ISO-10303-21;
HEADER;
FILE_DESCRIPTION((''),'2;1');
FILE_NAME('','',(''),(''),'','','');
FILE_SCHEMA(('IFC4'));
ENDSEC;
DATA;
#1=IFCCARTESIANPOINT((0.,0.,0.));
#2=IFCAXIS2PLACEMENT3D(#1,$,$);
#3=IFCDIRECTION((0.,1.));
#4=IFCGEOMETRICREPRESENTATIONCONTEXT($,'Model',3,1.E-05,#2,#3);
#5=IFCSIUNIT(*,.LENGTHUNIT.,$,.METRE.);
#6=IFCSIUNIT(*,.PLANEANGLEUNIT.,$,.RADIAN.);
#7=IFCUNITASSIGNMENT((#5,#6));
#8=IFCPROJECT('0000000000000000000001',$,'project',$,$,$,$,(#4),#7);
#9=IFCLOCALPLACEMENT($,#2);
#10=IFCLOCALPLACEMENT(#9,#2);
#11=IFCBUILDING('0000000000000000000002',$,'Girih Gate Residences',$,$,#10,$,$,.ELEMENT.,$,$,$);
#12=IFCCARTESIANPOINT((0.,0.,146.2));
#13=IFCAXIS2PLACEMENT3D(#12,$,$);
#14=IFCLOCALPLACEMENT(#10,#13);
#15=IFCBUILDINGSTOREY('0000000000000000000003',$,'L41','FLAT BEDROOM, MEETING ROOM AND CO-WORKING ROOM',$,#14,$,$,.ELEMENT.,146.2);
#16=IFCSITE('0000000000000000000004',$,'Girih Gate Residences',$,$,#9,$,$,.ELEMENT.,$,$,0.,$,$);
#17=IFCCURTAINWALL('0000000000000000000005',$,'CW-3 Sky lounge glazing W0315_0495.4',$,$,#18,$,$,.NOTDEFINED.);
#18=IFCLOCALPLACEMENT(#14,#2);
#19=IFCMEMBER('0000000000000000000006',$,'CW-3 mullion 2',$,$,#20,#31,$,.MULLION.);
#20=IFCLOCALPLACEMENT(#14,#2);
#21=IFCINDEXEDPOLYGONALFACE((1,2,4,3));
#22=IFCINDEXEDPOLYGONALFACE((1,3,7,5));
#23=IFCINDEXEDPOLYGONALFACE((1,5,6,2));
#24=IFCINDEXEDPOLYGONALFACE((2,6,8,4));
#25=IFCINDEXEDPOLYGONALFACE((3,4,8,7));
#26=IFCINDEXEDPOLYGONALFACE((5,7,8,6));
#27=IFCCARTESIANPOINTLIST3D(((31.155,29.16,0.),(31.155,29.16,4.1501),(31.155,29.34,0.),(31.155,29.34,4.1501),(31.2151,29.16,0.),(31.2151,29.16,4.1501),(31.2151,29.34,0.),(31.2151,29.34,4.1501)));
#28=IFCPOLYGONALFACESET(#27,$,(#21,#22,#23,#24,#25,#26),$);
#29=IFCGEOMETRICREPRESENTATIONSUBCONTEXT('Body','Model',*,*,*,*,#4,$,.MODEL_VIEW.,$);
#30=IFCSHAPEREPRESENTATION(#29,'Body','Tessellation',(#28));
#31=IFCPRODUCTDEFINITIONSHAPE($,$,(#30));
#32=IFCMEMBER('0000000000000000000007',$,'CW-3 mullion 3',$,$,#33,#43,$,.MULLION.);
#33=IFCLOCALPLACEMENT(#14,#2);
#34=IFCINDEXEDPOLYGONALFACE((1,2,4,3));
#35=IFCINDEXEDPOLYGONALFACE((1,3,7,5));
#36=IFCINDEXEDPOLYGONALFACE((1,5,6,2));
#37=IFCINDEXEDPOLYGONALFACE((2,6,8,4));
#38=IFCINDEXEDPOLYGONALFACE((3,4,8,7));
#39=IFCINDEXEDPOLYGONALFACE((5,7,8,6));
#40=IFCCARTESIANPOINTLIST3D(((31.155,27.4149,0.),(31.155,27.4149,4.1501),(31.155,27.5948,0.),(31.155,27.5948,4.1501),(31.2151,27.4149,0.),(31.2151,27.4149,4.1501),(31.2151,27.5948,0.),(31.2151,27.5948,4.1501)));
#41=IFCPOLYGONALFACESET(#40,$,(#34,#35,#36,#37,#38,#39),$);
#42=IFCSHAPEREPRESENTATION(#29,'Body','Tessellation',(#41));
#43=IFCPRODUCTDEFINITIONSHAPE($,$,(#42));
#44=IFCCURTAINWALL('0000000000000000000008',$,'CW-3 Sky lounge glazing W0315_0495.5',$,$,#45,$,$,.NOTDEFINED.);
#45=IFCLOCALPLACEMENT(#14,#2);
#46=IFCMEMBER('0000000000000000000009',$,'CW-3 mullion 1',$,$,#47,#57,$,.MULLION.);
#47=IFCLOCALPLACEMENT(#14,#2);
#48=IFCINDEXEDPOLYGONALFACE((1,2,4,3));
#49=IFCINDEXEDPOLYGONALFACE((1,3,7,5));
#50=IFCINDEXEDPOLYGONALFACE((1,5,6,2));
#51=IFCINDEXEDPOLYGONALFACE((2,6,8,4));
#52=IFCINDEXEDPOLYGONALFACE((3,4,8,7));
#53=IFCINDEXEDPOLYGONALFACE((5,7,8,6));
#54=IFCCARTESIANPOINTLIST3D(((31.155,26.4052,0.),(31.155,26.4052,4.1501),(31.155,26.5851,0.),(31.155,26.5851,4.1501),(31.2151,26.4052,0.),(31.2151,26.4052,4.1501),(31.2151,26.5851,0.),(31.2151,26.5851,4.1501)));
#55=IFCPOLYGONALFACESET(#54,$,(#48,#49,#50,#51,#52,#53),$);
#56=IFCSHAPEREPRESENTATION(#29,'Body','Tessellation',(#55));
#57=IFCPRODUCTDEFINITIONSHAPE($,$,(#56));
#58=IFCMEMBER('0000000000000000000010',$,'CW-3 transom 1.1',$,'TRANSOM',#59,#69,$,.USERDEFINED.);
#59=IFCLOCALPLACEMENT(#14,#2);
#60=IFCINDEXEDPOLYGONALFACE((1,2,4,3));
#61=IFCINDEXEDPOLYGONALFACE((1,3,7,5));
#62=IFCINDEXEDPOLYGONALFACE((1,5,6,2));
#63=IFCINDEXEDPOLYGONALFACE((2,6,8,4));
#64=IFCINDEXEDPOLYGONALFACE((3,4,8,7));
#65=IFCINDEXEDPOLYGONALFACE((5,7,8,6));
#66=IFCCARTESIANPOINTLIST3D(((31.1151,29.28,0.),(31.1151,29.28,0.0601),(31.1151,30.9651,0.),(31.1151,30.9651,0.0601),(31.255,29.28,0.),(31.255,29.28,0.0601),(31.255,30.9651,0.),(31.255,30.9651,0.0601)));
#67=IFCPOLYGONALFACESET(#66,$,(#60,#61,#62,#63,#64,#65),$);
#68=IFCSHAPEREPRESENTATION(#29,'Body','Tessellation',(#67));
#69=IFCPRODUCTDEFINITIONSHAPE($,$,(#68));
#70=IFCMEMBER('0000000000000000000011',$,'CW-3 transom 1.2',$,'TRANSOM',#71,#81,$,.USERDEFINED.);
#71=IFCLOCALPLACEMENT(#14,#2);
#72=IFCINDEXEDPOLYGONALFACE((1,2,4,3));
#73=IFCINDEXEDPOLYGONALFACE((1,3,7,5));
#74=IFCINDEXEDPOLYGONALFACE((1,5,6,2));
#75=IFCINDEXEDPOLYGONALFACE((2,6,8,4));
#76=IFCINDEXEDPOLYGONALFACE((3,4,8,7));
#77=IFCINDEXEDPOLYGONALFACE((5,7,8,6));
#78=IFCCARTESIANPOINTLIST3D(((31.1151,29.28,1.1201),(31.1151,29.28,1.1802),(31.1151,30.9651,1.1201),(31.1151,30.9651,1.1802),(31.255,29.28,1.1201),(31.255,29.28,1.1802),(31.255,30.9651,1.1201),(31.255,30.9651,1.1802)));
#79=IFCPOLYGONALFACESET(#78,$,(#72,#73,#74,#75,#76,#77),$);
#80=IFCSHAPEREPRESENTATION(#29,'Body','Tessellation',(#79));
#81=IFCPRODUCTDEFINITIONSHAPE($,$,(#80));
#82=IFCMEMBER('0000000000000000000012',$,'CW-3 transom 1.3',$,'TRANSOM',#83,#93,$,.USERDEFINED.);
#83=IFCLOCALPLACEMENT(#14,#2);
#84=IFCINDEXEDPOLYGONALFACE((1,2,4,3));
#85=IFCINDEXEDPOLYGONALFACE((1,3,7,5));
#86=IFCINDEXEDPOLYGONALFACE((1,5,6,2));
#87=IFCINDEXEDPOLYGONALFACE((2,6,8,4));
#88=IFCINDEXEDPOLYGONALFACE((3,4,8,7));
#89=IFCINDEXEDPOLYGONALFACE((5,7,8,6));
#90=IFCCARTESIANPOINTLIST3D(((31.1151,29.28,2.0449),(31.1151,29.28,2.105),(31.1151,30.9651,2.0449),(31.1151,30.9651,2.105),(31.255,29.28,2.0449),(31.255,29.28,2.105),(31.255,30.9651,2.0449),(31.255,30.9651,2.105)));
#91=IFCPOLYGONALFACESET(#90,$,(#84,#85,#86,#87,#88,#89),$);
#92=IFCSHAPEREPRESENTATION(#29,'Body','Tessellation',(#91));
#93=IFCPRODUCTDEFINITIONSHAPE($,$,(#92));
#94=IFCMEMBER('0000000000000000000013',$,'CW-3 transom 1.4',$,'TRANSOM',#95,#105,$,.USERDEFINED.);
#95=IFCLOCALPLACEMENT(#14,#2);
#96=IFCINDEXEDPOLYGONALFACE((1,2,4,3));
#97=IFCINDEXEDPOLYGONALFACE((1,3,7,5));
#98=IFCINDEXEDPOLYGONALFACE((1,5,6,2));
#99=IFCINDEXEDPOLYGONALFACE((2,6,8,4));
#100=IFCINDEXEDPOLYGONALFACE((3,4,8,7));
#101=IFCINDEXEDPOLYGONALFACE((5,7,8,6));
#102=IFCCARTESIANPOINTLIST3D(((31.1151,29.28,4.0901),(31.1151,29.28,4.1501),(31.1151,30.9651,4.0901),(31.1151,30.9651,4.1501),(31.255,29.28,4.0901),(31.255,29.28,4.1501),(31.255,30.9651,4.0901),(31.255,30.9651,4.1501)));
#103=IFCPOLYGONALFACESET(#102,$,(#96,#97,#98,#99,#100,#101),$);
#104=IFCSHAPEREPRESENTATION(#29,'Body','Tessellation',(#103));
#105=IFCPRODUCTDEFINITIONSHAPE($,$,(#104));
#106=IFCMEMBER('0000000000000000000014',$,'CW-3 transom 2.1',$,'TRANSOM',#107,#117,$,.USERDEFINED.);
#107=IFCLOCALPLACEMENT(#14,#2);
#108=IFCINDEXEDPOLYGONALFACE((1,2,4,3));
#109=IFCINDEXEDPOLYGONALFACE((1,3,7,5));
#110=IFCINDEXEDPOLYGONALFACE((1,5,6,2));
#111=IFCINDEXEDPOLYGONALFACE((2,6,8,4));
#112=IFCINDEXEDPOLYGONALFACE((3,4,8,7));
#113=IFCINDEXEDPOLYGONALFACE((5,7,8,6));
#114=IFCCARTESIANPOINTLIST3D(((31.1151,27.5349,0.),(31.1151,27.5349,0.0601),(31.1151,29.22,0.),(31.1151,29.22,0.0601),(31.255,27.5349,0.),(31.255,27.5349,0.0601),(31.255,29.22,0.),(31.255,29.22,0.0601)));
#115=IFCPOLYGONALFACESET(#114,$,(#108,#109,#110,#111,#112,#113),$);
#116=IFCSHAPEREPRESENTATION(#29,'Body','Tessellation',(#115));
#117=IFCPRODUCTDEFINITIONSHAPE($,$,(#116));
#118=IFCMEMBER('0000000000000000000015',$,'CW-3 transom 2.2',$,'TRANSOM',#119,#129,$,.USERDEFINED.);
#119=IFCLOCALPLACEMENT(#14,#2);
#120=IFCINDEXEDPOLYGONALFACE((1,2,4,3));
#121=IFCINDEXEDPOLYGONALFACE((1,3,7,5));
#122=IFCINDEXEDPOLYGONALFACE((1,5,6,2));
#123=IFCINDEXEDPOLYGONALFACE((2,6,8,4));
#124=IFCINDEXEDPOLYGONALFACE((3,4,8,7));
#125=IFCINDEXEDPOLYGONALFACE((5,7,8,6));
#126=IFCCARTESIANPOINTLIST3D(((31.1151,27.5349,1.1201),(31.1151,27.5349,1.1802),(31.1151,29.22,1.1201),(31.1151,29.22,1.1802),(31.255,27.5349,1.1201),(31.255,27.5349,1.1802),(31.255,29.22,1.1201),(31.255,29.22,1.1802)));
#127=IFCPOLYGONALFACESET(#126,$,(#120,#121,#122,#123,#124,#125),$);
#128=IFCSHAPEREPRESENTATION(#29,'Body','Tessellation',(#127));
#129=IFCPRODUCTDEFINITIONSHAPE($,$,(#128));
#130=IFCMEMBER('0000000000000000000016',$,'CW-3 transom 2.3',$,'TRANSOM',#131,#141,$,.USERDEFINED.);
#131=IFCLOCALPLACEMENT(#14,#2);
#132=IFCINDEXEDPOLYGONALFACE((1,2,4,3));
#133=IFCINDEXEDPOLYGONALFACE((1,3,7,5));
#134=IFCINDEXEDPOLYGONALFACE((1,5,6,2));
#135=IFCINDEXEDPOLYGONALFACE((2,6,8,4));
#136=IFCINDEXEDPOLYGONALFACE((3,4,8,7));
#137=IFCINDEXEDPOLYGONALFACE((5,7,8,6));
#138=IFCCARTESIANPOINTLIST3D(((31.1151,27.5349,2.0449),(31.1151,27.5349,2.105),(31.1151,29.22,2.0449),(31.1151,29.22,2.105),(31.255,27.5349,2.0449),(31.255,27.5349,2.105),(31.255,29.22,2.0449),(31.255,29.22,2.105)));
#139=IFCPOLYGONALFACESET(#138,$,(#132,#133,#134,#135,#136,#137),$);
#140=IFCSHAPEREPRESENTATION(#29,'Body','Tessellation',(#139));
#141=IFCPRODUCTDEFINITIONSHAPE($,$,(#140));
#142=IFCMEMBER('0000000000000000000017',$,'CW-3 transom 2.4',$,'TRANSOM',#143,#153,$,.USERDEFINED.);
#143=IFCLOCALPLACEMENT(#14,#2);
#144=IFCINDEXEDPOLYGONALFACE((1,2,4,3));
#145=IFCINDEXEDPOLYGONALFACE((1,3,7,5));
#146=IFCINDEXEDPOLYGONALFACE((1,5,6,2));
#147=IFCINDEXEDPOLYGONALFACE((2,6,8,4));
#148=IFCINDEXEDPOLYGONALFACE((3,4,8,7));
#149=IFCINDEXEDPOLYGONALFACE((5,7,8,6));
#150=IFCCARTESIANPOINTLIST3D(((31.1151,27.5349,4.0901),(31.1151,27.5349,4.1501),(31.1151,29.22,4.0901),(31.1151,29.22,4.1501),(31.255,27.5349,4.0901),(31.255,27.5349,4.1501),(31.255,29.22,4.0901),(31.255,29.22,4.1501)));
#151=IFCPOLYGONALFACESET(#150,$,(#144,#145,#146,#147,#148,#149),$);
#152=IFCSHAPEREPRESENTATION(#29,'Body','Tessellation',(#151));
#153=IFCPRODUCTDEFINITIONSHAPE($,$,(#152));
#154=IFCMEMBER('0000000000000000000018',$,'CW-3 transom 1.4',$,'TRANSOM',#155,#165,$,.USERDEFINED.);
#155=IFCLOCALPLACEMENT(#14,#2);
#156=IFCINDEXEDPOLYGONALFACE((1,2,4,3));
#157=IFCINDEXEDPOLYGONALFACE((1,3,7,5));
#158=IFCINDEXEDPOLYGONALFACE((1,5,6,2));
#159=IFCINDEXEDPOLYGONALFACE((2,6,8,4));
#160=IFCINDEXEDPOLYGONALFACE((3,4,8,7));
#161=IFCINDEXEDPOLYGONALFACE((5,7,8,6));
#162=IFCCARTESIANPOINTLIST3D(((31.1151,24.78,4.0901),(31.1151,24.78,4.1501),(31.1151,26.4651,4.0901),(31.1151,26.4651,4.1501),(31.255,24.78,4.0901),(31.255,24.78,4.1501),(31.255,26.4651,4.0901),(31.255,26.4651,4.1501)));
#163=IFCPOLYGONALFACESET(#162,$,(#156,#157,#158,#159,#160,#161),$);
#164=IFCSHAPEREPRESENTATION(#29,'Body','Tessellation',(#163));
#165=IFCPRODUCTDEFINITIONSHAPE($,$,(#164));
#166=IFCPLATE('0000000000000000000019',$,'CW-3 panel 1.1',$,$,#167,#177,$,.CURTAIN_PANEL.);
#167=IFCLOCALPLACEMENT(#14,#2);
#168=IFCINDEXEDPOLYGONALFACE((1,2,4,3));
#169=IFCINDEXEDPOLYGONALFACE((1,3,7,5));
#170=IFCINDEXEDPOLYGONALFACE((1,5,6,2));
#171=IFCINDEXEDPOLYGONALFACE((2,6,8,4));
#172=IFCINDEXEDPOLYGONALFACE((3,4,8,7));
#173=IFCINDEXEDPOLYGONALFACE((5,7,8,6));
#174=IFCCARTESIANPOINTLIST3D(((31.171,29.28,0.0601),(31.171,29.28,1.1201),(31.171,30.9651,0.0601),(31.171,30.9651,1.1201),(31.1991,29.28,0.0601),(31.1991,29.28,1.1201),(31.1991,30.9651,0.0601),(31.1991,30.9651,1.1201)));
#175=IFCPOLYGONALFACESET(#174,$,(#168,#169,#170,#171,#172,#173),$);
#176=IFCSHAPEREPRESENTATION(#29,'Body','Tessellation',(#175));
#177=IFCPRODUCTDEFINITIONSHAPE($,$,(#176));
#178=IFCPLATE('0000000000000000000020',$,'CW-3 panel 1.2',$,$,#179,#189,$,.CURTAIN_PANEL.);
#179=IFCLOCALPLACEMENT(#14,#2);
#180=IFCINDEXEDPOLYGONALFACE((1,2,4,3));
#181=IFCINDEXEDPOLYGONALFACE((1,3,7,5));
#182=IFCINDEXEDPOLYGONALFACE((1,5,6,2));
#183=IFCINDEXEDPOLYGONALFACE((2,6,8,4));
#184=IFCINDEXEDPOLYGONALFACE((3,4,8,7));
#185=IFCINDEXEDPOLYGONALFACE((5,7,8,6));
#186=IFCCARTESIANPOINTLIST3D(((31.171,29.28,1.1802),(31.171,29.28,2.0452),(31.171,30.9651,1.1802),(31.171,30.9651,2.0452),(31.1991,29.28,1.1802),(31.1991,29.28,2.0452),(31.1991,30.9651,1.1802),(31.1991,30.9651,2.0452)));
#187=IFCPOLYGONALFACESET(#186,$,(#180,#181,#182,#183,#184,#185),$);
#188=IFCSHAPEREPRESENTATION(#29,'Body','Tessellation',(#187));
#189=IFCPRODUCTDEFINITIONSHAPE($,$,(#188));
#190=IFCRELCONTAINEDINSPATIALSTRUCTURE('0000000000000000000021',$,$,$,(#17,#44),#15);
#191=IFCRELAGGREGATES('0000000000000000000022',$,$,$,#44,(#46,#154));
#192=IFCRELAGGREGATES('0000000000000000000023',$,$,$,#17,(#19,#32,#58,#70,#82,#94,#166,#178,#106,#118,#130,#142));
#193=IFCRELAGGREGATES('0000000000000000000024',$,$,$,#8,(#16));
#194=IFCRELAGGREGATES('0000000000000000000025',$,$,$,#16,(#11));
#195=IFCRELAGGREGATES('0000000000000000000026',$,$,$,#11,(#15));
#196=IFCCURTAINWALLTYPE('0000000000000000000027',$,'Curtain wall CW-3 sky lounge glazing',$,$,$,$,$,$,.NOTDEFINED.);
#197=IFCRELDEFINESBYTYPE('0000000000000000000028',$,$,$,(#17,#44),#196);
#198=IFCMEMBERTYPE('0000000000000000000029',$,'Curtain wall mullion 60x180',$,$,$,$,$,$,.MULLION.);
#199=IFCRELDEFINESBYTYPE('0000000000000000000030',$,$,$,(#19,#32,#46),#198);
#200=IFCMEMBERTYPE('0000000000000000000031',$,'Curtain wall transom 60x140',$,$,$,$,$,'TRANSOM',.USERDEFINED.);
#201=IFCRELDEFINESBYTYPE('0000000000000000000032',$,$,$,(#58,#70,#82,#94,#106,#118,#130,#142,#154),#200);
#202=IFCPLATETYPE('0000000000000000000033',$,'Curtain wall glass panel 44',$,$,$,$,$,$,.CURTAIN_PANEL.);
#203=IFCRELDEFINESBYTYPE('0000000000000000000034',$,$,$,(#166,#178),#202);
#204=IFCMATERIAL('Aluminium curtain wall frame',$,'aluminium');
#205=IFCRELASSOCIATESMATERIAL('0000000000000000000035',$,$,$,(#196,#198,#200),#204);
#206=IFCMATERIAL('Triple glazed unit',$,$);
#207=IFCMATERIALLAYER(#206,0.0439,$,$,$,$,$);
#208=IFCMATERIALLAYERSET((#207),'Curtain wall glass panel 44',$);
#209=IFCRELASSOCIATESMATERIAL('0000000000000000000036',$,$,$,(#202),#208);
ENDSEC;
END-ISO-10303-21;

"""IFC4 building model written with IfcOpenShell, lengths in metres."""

from ifc_helpers import new_model, si_unit, direction, frame, origin, origin_2d, place, context, subcontext, project, spatial, rectangle, extrude, material, layer, layer_set, material_profile, profile_set, type_object, element, aggregate, save


model = new_model("IFC4")

# Units and contexts
model_context = context("Model", 3, precision=1e-05, world=origin(), true_north=direction((0.0, 1.0)))
body_context = subcontext(model_context, "Body", "Model", "MODEL_VIEW")
ifc_project = project(units=[si_unit("LENGTHUNIT", "METRE"), si_unit("PLANEANGLEUNIT", "RADIAN")], contexts=[model_context])

# Site, building, storey
site_placement = place(None, origin())
site = spatial("IfcSite", under=ifc_project, at=site_placement, Name="Girih Gate Residences", CompositionType="ELEMENT", RefElevation=0.0)
building_placement = place(site_placement, origin())
building = spatial("IfcBuilding", under=site, at=building_placement, Name="Girih Gate Residences", CompositionType="ELEMENT")
storey_placement = place(building_placement, frame((0.0, 0.0, 146.2)))
storey = spatial("IfcBuildingStorey", under=building, at=storey_placement, Name="L41", Description="FLAT BEDROOM, MEETING ROOM AND CO-WORKING ROOM", CompositionType="ELEMENT", Elevation=146.2)

# Curtain wall, members
ifc_material_1 = material(Name="Aluminium curtain wall frame", Category="aluminium")
curtain_wall_type = type_object("IfcCurtainWallType", Name="Curtain wall CW-3 sky lounge glazing", PredefinedType="NOTDEFINED", material=ifc_material_1)
curtain_wall_1_placement = place(storey_placement, origin())
curtain_wall_1 = element("IfcCurtainWall", 1, at=curtain_wall_1_placement, inside=storey, type_object=curtain_wall_type, Name="CW-3 Sky lounge glazing W0315_0495.4", PredefinedType="NOTDEFINED")
ifc_material_profile_1 = material_profile(ifc_material_1, rectangle(XDim=0.0601, YDim=0.1799, at=origin_2d()))
ifc_profile_set_1 = profile_set([ifc_material_profile_1], Name="Aluminium curtain wall frame")
member_type_1 = type_object("IfcMemberType", Name="Curtain wall mullion 60x180", PredefinedType="MULLION", material=ifc_profile_set_1)
member_1_placement = place(storey_placement, frame((31.1851, 29.25, 0.0), z_axis=(0.0, 0.0, 1.0), x_axis=(1.0, 0.0, 0.0)))
member_1 = element("IfcMember", 2, at=member_1_placement, type_object=member_type_1, Name="CW-3 mullion 2", PredefinedType="MULLION", context=body_context, shape_type="SweptSolid", body=[
    extrude(rectangle(XDim=0.0601, YDim=0.1799, at=origin_2d()), origin(), (0.0, 0.0, 1.0), 4.1501),
])
member_2_placement = place(storey_placement, frame((31.1851, 27.5049, 0.0), z_axis=(0.0, 0.0, 1.0), x_axis=(1.0, 0.0, 0.0)))
member_2 = element("IfcMember", 3, at=member_2_placement, type_object=member_type_1, Name="CW-3 mullion 3", PredefinedType="MULLION", context=body_context, shape_type="SweptSolid", body=[
    extrude(rectangle(XDim=0.0601, YDim=0.1799, at=origin_2d()), origin(), (0.0, 0.0, 1.0), 4.1501),
])

# Curtain wall, member
curtain_wall_2_placement = place(storey_placement, origin())
curtain_wall_2 = element("IfcCurtainWall", 4, at=curtain_wall_2_placement, inside=storey, type_object=curtain_wall_type, Name="CW-3 Sky lounge glazing W0315_0495.5", PredefinedType="NOTDEFINED")
member_3_placement = place(storey_placement, frame((31.1851, 26.4951, 0.0), z_axis=(0.0, 0.0, 1.0), x_axis=(1.0, 0.0, 0.0)))
member_3 = element("IfcMember", 5, at=member_3_placement, type_object=member_type_1, Name="CW-3 mullion 1", PredefinedType="MULLION", context=body_context, shape_type="SweptSolid", body=[
    extrude(rectangle(XDim=0.0601, YDim=0.1799, at=origin_2d()), origin(), (0.0, 0.0, 1.0), 4.1501),
])

# Members
ifc_material_profile_2 = material_profile(ifc_material_1, rectangle(XDim=0.1399, YDim=0.0601, at=origin_2d()))
ifc_profile_set_2 = profile_set([ifc_material_profile_2], Name="Aluminium curtain wall frame")
member_type_2 = type_object("IfcMemberType", Name="Curtain wall transom 60x140", ElementType="TRANSOM", PredefinedType="USERDEFINED", material=ifc_profile_set_2)
member_4_placement = place(storey_placement, frame((31.1851, 30.9651, 0.03), z_axis=(0.0, -1.0, 0.0), x_axis=(1.0, 0.0, 0.0)))
member_4 = element("IfcMember", 6, at=member_4_placement, type_object=member_type_2, Name="CW-3 transom 1.1", ObjectType="TRANSOM", PredefinedType="USERDEFINED", context=body_context, shape_type="SweptSolid", body=[
    extrude(rectangle(XDim=0.1399, YDim=0.0601, at=origin_2d()), origin(), (0.0, 0.0, 1.0), 1.6851),
])
member_5_placement = place(storey_placement, frame((31.1851, 30.9651, 1.1501), z_axis=(0.0, -1.0, 0.0), x_axis=(1.0, 0.0, 0.0)))
member_5 = element("IfcMember", 7, at=member_5_placement, type_object=member_type_2, Name="CW-3 transom 1.2", ObjectType="TRANSOM", PredefinedType="USERDEFINED", context=body_context, shape_type="SweptSolid", body=[
    extrude(rectangle(XDim=0.1399, YDim=0.0601, at=origin_2d()), origin(), (0.0, 0.0, 1.0), 1.6851),
])
member_6_placement = place(storey_placement, frame((31.1851, 30.9651, 2.075), z_axis=(0.0, -1.0, 0.0), x_axis=(1.0, 0.0, 0.0)))
member_6 = element("IfcMember", 8, at=member_6_placement, type_object=member_type_2, Name="CW-3 transom 1.3", ObjectType="TRANSOM", PredefinedType="USERDEFINED", context=body_context, shape_type="SweptSolid", body=[
    extrude(rectangle(XDim=0.1399, YDim=0.0601, at=origin_2d()), origin(), (0.0, 0.0, 1.0), 1.6851),
])
member_7_placement = place(storey_placement, frame((31.1851, 30.9651, 4.1201), z_axis=(0.0, -1.0, 0.0), x_axis=(1.0, 0.0, 0.0)))
member_7 = element("IfcMember", 9, at=member_7_placement, type_object=member_type_2, Name="CW-3 transom 1.4", ObjectType="TRANSOM", PredefinedType="USERDEFINED", context=body_context, shape_type="SweptSolid", body=[
    extrude(rectangle(XDim=0.1399, YDim=0.0601, at=origin_2d()), origin(), (0.0, 0.0, 1.0), 1.6851),
])
member_8_placement = place(storey_placement, frame((31.1851, 29.22, 0.03), z_axis=(0.0, -1.0, 0.0), x_axis=(1.0, 0.0, 0.0)))
member_8 = element("IfcMember", 10, at=member_8_placement, type_object=member_type_2, Name="CW-3 transom 2.1", ObjectType="TRANSOM", PredefinedType="USERDEFINED", context=body_context, shape_type="SweptSolid", body=[
    extrude(rectangle(XDim=0.1399, YDim=0.0601, at=origin_2d()), origin(), (0.0, 0.0, 1.0), 1.6851),
])
member_9_placement = place(storey_placement, frame((31.1851, 29.22, 1.1501), z_axis=(0.0, -1.0, 0.0), x_axis=(1.0, 0.0, 0.0)))
member_9 = element("IfcMember", 11, at=member_9_placement, type_object=member_type_2, Name="CW-3 transom 2.2", ObjectType="TRANSOM", PredefinedType="USERDEFINED", context=body_context, shape_type="SweptSolid", body=[
    extrude(rectangle(XDim=0.1399, YDim=0.0601, at=origin_2d()), origin(), (0.0, 0.0, 1.0), 1.6851),
])
member_10_placement = place(storey_placement, frame((31.1851, 29.22, 2.075), z_axis=(0.0, -1.0, 0.0), x_axis=(1.0, 0.0, 0.0)))
member_10 = element("IfcMember", 12, at=member_10_placement, type_object=member_type_2, Name="CW-3 transom 2.3", ObjectType="TRANSOM", PredefinedType="USERDEFINED", context=body_context, shape_type="SweptSolid", body=[
    extrude(rectangle(XDim=0.1399, YDim=0.0601, at=origin_2d()), origin(), (0.0, 0.0, 1.0), 1.6851),
])
member_11_placement = place(storey_placement, frame((31.1851, 29.22, 4.1201), z_axis=(0.0, -1.0, 0.0), x_axis=(1.0, 0.0, 0.0)))
member_11 = element("IfcMember", 13, at=member_11_placement, type_object=member_type_2, Name="CW-3 transom 2.4", ObjectType="TRANSOM", PredefinedType="USERDEFINED", context=body_context, shape_type="SweptSolid", body=[
    extrude(rectangle(XDim=0.1399, YDim=0.0601, at=origin_2d()), origin(), (0.0, 0.0, 1.0), 1.6851),
])
member_12_placement = place(storey_placement, frame((31.1851, 26.4651, 4.1201), z_axis=(0.0, -1.0, 0.0), x_axis=(1.0, 0.0, 0.0)))
member_12 = element("IfcMember", 14, at=member_12_placement, type_object=member_type_2, Name="CW-3 transom 1.4", ObjectType="TRANSOM", PredefinedType="USERDEFINED", context=body_context, shape_type="SweptSolid", body=[
    extrude(rectangle(XDim=0.1399, YDim=0.0601, at=origin_2d()), origin(), (0.0, 0.0, 1.0), 1.6851),
])
aggregate(curtain_wall_2, [member_3, member_12])

# Plates
ifc_material_2 = material(Name="Triple glazed unit")
ifc_layer = layer(ifc_material_2, 0.0439)
ifc_layer_set = layer_set([ifc_layer], Name="Curtain wall glass panel 44")
plate_type = type_object("IfcPlateType", Name="Curtain wall glass panel 44", PredefinedType="CURTAIN_PANEL", material=ifc_layer_set)
plate_1_placement = place(storey_placement, frame((31.1851, 30.1226, 0.0601), z_axis=(0.0, 0.0, 1.0), x_axis=(0.0, -1.0, 0.0)))
plate_1 = element("IfcPlate", 15, at=plate_1_placement, type_object=plate_type, Name="CW-3 panel 1.1", PredefinedType="CURTAIN_PANEL", context=body_context, shape_type="SweptSolid", body=[
    extrude(rectangle(XDim=1.6851, YDim=0.0281, at=origin_2d()), origin(), (0.0, 0.0, 1.0), 1.0601),
])
plate_2_placement = place(storey_placement, frame((31.1851, 30.1226, 1.1802), z_axis=(0.0, 0.0, 1.0), x_axis=(0.0, -1.0, 0.0)))
plate_2 = element("IfcPlate", 16, at=plate_2_placement, type_object=plate_type, Name="CW-3 panel 1.2", PredefinedType="CURTAIN_PANEL", context=body_context, shape_type="SweptSolid", body=[
    extrude(rectangle(XDim=1.6851, YDim=0.0281, at=origin_2d()), origin(), (0.0, 0.0, 1.0), 0.865),
])
aggregate(curtain_wall_1, [member_1, member_2, member_4, member_5, member_6, member_7, plate_1, plate_2, member_8, member_9, member_10, member_11])

save(model, "model.ifc")
